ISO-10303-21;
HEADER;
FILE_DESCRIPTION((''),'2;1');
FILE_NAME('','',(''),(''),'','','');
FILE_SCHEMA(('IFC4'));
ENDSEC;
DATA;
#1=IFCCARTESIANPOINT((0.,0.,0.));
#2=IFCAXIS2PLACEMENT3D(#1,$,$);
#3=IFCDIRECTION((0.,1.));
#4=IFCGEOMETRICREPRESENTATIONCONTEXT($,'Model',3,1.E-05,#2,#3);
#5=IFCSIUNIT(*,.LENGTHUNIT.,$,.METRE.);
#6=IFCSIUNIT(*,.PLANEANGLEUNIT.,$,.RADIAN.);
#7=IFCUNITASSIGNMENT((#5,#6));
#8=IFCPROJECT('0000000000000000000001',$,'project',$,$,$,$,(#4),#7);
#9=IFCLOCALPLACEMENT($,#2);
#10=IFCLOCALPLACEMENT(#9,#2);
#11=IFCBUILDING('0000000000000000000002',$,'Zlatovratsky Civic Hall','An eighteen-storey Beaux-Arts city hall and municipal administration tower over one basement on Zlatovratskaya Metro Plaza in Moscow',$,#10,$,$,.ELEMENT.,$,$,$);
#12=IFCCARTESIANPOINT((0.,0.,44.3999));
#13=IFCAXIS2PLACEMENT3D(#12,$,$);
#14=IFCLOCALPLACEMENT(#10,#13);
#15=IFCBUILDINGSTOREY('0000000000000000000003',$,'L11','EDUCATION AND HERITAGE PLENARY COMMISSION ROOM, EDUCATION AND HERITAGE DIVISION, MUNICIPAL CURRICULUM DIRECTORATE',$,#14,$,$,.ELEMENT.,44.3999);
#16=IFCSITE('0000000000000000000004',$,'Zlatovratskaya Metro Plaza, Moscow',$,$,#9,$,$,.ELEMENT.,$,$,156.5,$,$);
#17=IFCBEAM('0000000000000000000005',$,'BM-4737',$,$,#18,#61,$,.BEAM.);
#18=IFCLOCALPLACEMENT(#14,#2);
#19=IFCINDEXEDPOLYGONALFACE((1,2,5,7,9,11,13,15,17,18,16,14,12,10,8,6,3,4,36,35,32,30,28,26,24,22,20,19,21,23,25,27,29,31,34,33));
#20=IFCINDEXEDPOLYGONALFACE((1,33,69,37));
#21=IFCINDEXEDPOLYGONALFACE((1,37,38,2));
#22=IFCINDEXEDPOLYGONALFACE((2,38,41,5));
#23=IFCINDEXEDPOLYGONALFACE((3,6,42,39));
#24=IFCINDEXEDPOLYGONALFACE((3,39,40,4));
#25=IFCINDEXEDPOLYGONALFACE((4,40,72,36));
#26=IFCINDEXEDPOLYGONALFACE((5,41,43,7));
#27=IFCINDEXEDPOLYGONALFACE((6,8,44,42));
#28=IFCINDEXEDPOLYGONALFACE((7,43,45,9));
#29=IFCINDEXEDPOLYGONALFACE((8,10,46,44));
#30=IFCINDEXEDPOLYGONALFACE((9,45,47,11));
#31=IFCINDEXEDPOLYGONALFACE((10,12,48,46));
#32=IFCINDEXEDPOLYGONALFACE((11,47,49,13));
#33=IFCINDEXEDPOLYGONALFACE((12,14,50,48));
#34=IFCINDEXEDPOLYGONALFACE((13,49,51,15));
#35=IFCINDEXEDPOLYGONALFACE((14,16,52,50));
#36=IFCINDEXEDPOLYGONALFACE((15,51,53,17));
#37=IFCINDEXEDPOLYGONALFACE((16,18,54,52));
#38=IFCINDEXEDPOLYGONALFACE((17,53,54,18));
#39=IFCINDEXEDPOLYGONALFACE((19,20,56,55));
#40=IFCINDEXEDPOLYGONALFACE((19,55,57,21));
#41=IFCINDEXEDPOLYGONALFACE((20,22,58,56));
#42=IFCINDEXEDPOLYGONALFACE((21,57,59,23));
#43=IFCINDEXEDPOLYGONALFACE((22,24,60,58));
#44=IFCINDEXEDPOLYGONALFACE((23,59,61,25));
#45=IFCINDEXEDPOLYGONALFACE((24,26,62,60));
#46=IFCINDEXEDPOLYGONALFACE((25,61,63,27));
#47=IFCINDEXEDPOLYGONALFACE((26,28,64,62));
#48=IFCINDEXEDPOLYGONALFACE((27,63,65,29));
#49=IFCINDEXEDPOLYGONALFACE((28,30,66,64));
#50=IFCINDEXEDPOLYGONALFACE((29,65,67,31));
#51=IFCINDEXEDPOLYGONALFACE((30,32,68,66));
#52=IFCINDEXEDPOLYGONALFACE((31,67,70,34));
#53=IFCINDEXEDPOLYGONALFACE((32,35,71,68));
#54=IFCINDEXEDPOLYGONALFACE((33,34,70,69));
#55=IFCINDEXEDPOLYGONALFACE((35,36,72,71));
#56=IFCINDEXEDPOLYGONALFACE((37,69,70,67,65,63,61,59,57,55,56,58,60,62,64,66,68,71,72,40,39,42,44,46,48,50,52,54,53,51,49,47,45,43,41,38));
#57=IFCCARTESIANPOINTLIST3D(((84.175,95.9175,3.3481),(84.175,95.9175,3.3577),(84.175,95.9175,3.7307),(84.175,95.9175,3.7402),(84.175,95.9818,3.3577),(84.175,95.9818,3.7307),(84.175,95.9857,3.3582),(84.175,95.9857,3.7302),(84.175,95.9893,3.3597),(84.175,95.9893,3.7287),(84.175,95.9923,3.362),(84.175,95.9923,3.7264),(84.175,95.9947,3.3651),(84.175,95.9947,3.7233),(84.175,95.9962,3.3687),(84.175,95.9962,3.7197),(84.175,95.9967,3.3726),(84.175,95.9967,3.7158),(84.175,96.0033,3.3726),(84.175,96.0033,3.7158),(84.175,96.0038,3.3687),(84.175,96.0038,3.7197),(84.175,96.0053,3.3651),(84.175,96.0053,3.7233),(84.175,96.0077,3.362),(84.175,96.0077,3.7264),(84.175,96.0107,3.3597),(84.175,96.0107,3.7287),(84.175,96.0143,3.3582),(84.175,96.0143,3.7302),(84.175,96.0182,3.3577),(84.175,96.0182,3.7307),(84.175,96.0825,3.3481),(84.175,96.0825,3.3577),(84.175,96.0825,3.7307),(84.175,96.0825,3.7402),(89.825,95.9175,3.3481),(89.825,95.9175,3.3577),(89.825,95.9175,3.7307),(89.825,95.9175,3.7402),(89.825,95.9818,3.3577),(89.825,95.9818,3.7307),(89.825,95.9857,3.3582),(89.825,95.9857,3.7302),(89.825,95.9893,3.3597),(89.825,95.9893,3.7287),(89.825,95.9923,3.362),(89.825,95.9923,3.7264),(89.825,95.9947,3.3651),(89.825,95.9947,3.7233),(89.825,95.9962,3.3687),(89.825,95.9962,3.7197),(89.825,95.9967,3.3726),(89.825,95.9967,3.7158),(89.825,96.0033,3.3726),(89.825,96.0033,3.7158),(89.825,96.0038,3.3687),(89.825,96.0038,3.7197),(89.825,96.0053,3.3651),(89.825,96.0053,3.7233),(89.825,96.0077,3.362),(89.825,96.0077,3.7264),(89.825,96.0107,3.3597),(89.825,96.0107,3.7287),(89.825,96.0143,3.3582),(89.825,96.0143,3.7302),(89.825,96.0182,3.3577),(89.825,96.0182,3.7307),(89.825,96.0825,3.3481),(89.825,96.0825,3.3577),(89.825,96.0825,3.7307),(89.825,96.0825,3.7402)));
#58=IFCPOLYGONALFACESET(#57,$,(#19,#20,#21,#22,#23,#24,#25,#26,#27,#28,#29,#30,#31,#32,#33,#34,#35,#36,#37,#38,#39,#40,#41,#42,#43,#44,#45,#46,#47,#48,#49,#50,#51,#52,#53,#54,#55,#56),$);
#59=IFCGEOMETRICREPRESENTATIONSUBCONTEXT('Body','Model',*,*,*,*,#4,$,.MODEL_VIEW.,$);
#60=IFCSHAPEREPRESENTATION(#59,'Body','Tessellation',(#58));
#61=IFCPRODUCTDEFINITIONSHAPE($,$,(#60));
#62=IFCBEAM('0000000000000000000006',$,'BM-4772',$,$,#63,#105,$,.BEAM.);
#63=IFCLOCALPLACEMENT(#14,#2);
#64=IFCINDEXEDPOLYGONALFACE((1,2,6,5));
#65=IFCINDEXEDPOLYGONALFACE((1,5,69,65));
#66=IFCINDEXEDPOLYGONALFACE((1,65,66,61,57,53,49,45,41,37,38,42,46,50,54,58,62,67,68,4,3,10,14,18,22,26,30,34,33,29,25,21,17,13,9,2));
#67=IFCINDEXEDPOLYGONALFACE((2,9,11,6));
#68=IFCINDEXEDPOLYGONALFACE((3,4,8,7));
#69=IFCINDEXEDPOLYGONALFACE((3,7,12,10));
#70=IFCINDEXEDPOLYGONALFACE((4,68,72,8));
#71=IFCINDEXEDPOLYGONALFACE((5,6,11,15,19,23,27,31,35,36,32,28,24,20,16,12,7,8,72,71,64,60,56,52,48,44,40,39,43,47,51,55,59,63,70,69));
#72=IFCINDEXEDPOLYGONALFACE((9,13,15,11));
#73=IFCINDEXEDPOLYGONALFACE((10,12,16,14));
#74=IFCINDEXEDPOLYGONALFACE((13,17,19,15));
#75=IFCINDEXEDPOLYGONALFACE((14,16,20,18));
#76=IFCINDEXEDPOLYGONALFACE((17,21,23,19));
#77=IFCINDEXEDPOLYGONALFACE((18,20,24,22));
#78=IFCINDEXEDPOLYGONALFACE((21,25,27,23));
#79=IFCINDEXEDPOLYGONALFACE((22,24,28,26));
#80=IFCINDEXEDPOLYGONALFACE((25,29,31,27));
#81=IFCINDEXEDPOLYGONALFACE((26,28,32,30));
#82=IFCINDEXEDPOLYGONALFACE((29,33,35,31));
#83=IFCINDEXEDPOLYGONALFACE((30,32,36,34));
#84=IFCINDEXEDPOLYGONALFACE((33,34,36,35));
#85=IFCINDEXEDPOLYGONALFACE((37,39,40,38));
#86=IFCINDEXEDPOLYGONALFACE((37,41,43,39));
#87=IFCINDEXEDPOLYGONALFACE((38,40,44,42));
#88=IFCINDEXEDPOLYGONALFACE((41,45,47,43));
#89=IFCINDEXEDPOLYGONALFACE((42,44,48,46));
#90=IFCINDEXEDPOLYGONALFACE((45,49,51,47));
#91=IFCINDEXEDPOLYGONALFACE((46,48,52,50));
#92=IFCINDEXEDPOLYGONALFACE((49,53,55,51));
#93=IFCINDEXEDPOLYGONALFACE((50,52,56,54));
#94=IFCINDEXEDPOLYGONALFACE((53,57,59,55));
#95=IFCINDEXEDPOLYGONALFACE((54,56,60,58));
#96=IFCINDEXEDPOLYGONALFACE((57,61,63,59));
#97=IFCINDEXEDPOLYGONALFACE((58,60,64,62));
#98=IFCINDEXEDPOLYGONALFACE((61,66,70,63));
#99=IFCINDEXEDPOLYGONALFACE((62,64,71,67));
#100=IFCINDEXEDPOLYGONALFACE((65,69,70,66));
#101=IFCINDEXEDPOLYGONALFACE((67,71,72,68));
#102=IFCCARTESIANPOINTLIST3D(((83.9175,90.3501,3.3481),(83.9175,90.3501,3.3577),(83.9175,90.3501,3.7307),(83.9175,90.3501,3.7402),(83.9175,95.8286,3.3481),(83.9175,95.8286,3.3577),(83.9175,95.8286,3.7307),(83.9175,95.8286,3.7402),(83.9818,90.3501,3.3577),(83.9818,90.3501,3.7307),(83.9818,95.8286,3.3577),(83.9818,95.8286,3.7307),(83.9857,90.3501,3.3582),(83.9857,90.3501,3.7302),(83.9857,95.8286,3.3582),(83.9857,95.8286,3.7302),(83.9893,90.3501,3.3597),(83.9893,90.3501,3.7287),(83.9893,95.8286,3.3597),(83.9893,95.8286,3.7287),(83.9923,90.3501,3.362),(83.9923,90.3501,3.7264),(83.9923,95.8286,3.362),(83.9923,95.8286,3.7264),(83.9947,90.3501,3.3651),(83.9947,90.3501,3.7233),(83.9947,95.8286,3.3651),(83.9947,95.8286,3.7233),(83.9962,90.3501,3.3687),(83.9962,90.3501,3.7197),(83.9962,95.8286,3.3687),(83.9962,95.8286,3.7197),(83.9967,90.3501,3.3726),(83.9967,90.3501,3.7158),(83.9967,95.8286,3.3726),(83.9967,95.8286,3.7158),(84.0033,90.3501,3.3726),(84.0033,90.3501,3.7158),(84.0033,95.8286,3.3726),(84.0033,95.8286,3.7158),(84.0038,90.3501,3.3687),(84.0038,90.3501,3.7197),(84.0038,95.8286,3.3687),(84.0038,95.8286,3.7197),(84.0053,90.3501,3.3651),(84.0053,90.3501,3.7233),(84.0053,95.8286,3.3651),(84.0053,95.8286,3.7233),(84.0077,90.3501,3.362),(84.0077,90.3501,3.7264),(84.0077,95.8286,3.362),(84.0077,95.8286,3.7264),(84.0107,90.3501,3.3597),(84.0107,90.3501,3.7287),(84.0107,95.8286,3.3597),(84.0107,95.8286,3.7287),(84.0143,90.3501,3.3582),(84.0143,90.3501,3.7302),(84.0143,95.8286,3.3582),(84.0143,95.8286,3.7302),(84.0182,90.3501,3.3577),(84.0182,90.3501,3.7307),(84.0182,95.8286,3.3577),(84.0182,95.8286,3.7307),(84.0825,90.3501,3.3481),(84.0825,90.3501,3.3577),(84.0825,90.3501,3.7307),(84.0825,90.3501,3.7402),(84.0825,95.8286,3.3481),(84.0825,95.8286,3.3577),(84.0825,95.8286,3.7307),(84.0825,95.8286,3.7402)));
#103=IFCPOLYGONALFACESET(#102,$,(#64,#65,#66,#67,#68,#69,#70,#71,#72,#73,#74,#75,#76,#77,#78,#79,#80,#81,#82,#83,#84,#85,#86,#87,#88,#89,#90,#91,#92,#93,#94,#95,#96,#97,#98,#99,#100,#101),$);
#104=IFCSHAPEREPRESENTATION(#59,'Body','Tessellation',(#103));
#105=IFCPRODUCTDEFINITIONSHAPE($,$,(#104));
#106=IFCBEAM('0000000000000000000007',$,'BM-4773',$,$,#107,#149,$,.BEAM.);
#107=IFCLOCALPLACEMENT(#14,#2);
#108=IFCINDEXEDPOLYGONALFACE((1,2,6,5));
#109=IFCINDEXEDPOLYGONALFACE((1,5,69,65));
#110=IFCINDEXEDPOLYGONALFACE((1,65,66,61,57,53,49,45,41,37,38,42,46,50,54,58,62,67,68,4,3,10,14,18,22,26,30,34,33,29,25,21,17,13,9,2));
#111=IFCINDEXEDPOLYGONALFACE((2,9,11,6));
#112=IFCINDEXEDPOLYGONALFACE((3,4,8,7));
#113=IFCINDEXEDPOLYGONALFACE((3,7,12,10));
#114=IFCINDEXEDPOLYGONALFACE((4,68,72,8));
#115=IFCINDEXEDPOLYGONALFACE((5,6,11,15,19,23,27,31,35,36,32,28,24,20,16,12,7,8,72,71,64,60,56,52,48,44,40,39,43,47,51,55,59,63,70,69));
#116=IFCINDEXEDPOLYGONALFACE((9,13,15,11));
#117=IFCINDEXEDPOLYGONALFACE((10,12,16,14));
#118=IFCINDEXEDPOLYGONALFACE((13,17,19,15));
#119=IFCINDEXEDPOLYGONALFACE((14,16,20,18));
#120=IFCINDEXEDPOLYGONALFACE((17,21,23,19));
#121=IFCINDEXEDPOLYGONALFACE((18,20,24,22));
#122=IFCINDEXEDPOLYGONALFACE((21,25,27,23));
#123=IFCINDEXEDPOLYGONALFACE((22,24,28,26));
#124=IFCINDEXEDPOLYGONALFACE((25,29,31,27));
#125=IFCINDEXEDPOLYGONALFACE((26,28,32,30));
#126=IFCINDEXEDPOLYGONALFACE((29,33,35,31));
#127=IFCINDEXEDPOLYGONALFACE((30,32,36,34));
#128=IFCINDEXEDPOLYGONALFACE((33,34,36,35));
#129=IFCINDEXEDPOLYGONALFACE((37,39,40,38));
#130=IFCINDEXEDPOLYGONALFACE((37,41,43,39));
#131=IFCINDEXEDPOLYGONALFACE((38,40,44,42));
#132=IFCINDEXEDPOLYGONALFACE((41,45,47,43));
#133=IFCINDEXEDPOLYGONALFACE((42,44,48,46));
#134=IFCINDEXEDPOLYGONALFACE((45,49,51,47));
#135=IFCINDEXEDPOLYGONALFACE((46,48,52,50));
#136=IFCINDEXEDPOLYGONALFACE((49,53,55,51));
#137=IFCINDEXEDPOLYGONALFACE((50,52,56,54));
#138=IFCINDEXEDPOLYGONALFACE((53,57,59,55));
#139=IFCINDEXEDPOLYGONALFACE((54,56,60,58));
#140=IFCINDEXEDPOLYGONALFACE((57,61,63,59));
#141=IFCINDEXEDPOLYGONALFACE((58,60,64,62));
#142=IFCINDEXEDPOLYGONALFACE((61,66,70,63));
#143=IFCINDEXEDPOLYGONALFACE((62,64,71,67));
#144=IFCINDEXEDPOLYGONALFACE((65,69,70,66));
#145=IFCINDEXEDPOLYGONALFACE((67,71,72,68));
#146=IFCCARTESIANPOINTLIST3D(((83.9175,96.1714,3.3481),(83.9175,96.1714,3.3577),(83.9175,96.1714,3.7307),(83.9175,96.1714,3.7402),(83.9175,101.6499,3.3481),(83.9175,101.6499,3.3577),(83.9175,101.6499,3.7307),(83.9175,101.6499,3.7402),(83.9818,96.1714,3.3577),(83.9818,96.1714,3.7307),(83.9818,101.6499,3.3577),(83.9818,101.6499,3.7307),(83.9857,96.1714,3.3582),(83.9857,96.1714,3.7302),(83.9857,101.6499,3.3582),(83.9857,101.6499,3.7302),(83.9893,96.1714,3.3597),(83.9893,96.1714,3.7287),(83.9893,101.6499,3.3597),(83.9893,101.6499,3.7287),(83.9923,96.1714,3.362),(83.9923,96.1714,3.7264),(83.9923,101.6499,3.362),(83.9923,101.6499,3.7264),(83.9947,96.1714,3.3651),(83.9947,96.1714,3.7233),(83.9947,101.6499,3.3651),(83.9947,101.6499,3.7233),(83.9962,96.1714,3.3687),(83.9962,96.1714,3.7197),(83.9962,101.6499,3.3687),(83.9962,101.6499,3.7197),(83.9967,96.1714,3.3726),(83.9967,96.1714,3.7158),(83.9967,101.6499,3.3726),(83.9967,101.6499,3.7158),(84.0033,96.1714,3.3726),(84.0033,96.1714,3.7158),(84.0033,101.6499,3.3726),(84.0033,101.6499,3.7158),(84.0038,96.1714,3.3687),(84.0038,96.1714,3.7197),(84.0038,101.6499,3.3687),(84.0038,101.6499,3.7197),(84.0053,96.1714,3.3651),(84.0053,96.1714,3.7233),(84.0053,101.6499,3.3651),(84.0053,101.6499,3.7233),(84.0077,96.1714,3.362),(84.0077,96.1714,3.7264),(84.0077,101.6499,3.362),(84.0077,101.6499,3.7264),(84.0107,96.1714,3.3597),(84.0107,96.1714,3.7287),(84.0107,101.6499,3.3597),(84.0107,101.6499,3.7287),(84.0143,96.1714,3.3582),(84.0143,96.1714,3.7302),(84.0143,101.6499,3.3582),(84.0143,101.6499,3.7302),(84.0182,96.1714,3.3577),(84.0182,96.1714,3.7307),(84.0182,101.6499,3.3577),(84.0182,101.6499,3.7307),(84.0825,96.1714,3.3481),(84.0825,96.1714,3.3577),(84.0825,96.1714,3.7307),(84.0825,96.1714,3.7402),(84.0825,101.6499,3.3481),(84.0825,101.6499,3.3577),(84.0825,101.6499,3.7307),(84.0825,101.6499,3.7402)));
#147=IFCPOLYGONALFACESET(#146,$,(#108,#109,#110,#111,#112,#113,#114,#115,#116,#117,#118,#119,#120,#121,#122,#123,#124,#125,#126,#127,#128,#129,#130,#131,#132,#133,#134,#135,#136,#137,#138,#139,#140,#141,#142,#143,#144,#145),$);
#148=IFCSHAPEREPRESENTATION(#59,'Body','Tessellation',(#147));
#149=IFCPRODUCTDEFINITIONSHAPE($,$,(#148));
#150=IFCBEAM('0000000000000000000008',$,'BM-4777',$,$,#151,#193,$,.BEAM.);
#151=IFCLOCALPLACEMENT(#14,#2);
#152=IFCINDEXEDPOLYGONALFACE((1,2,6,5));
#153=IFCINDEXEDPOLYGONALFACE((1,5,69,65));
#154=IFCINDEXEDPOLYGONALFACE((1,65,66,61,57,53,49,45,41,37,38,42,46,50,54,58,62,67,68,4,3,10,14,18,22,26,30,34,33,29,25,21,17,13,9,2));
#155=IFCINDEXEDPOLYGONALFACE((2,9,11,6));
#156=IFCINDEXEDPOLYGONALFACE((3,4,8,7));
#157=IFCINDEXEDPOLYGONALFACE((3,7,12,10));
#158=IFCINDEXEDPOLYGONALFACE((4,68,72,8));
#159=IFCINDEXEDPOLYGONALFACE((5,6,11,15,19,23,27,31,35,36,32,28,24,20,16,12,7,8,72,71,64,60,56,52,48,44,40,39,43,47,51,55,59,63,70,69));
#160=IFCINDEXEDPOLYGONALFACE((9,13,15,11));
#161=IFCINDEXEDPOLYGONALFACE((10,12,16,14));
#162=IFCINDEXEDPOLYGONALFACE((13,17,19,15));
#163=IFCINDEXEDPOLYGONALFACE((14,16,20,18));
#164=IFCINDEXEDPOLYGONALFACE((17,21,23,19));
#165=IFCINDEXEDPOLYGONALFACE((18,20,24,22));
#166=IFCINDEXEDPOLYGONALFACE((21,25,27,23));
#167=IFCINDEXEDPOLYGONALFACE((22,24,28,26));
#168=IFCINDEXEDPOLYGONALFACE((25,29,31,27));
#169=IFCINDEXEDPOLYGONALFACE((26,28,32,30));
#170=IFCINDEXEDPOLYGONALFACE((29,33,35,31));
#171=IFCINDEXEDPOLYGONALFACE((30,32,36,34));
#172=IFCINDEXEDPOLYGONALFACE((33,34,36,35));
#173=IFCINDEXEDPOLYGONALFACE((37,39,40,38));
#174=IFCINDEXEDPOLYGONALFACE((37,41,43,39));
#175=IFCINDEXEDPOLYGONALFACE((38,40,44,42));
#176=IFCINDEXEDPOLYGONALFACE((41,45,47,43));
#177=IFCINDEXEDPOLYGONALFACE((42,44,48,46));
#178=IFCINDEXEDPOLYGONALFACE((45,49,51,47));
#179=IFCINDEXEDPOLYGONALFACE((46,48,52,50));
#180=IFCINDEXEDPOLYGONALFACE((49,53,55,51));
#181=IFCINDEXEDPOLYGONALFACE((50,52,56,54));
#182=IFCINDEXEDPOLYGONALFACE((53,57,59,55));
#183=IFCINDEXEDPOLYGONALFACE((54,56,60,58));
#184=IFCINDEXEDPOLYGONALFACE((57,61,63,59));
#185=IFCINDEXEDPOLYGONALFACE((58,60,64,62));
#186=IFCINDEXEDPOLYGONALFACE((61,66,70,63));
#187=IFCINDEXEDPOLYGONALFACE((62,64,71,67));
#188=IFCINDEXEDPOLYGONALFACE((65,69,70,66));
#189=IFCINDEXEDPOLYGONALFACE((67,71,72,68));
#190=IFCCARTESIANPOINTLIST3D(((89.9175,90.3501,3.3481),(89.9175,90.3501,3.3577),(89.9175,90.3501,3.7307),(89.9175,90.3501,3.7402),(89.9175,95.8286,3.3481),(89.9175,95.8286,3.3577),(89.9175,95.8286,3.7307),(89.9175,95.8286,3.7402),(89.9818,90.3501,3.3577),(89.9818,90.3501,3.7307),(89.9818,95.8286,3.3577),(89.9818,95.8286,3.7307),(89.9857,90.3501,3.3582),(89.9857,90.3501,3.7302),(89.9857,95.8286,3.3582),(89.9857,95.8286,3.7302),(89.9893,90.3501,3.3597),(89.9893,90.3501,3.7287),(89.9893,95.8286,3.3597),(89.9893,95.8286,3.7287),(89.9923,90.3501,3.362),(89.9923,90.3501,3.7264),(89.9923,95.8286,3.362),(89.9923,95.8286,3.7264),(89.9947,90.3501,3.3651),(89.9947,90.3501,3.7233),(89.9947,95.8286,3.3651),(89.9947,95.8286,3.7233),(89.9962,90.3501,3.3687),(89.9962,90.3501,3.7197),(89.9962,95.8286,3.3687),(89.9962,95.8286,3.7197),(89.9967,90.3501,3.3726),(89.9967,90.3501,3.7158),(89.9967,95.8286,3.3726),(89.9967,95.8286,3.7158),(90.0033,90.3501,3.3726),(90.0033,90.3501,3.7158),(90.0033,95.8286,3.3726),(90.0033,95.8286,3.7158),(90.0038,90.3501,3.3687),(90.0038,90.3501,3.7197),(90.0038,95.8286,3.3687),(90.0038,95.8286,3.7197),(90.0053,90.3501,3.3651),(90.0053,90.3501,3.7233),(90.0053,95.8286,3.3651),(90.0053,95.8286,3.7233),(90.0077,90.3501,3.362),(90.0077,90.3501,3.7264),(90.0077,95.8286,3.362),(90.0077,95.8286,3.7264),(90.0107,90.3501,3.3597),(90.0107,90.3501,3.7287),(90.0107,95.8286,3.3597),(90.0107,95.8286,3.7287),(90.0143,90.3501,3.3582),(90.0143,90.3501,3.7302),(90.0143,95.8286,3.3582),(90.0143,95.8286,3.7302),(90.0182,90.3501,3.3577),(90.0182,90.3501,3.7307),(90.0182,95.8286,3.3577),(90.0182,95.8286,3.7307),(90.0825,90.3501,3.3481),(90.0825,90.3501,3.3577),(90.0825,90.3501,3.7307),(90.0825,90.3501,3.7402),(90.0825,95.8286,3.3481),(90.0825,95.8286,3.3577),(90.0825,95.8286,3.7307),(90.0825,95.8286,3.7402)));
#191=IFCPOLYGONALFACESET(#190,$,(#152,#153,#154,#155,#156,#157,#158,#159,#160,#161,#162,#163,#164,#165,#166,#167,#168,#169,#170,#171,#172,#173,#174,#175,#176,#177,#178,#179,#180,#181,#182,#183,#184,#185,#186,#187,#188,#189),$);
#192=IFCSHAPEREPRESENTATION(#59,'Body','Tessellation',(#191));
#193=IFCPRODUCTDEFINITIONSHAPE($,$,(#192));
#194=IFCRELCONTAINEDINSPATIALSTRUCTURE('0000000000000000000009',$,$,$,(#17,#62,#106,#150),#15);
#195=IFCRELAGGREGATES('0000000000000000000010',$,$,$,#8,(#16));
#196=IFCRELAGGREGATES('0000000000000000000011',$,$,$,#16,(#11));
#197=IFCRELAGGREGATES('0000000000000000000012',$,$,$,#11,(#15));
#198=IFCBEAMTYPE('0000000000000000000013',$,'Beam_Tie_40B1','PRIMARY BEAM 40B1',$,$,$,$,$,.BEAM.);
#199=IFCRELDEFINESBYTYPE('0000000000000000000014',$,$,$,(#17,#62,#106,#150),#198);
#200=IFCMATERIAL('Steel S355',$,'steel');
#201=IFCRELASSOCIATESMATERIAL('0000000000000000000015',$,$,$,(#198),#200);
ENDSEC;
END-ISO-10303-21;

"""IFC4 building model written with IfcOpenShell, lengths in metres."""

from ifc_helpers import new_model, si_unit, direction, frame, origin, origin_2d, place, context, subcontext, project, spatial, i_section, extrude, material, material_profile, profile_set, type_object, element, save


model = new_model("IFC4")

# Units and contexts
model_context = context("Model", 3, precision=1e-05, world=origin(), true_north=direction((0.0, 1.0)))
body_context = subcontext(model_context, "Body", "Model", "MODEL_VIEW")
ifc_project = project(units=[si_unit("LENGTHUNIT", "METRE"), si_unit("PLANEANGLEUNIT", "RADIAN")], contexts=[model_context])

# Site, building, storey
site_placement = place(None, origin())
site = spatial("IfcSite", under=ifc_project, at=site_placement, Name="Zlatovratskaya Metro Plaza, Moscow", CompositionType="ELEMENT", RefElevation=156.5)
building_placement = place(site_placement, origin())
building = spatial("IfcBuilding", under=site, at=building_placement, Name="Zlatovratsky Civic Hall", Description="An eighteen-storey Beaux-Arts city hall and municipal administration tower over one basement on Zlatovratskaya Metro Plaza in Moscow", CompositionType="ELEMENT")
storey_placement = place(building_placement, frame((0.0, 0.0, 44.3999)))
storey = spatial("IfcBuildingStorey", under=building, at=storey_placement, Name="L11", Description="EDUCATION AND HERITAGE PLENARY COMMISSION ROOM, EDUCATION AND HERITAGE DIVISION, MUNICIPAL CURRICULUM DIRECTORATE", CompositionType="ELEMENT", Elevation=44.3999)

# Shared definitions
ifc_material_1 = material(Name="Steel S355", Category="steel")

# Beams
ifc_material_profile_1 = material_profile(ifc_material_1, i_section(OverallWidth=0.165, OverallDepth=0.3921, WebThickness=0.0066, FlangeThickness=0.0095, FilletRadius=0.0149, at=origin_2d()), Name="40B1")
ifc_profile_set_1 = profile_set([ifc_material_profile_1], Name="Steel S355")
beam_type_1 = type_object("IfcBeamType", Name="Beam_Tie_40B1", Description="PRIMARY BEAM 40B1", PredefinedType="BEAM", material=ifc_profile_set_1)
beam_1_placement = place(storey_placement, frame((84.175, 96.0, 3.5442), z_axis=(1.0, 0.0, 0.0), x_axis=(0.0, 1.0, 0.0)))
element("IfcBeam", 1, at=beam_1_placement, inside=storey, type_object=beam_type_1, Name="BM-4737", PredefinedType="BEAM", context=body_context, shape_type="SweptSolid", body=[
    extrude(i_section(OverallWidth=0.165, OverallDepth=0.3921, WebThickness=0.0066, FlangeThickness=0.0095, FilletRadius=0.0149, at=origin_2d()), origin(), (0.0, 0.0, 1.0), 5.6499),
])
for number, where, z_axis, x_axis, name in (
    (2, (84.0, 90.3501, 3.5442), (0.0, 1.0, 0.0), (-1.0, 0.0, 0.0), "BM-4772"),
    (3, (84.0, 96.1714, 3.5442), (0.0, 1.0, 0.0), (-1.0, 0.0, 0.0), "BM-4773"),
    (4, (90.0, 90.3501, 3.5442), (0.0, 1.0, 0.0), (-1.0, 0.0, 0.0), "BM-4777"),
):
    element("IfcBeam", number, at=place(storey_placement, frame(where, z_axis=z_axis, x_axis=x_axis)), inside=storey, type_object=beam_type_1, Name=name, PredefinedType="BEAM", context=body_context, shape_type="SweptSolid", body=[
        extrude(i_section(OverallWidth=0.165, OverallDepth=0.3921, WebThickness=0.0066, FlangeThickness=0.0095, FilletRadius=0.0149, at=origin_2d()), origin(), (0.0, 0.0, 1.0), 5.4785),
    ])

save(model, "model.ifc")
